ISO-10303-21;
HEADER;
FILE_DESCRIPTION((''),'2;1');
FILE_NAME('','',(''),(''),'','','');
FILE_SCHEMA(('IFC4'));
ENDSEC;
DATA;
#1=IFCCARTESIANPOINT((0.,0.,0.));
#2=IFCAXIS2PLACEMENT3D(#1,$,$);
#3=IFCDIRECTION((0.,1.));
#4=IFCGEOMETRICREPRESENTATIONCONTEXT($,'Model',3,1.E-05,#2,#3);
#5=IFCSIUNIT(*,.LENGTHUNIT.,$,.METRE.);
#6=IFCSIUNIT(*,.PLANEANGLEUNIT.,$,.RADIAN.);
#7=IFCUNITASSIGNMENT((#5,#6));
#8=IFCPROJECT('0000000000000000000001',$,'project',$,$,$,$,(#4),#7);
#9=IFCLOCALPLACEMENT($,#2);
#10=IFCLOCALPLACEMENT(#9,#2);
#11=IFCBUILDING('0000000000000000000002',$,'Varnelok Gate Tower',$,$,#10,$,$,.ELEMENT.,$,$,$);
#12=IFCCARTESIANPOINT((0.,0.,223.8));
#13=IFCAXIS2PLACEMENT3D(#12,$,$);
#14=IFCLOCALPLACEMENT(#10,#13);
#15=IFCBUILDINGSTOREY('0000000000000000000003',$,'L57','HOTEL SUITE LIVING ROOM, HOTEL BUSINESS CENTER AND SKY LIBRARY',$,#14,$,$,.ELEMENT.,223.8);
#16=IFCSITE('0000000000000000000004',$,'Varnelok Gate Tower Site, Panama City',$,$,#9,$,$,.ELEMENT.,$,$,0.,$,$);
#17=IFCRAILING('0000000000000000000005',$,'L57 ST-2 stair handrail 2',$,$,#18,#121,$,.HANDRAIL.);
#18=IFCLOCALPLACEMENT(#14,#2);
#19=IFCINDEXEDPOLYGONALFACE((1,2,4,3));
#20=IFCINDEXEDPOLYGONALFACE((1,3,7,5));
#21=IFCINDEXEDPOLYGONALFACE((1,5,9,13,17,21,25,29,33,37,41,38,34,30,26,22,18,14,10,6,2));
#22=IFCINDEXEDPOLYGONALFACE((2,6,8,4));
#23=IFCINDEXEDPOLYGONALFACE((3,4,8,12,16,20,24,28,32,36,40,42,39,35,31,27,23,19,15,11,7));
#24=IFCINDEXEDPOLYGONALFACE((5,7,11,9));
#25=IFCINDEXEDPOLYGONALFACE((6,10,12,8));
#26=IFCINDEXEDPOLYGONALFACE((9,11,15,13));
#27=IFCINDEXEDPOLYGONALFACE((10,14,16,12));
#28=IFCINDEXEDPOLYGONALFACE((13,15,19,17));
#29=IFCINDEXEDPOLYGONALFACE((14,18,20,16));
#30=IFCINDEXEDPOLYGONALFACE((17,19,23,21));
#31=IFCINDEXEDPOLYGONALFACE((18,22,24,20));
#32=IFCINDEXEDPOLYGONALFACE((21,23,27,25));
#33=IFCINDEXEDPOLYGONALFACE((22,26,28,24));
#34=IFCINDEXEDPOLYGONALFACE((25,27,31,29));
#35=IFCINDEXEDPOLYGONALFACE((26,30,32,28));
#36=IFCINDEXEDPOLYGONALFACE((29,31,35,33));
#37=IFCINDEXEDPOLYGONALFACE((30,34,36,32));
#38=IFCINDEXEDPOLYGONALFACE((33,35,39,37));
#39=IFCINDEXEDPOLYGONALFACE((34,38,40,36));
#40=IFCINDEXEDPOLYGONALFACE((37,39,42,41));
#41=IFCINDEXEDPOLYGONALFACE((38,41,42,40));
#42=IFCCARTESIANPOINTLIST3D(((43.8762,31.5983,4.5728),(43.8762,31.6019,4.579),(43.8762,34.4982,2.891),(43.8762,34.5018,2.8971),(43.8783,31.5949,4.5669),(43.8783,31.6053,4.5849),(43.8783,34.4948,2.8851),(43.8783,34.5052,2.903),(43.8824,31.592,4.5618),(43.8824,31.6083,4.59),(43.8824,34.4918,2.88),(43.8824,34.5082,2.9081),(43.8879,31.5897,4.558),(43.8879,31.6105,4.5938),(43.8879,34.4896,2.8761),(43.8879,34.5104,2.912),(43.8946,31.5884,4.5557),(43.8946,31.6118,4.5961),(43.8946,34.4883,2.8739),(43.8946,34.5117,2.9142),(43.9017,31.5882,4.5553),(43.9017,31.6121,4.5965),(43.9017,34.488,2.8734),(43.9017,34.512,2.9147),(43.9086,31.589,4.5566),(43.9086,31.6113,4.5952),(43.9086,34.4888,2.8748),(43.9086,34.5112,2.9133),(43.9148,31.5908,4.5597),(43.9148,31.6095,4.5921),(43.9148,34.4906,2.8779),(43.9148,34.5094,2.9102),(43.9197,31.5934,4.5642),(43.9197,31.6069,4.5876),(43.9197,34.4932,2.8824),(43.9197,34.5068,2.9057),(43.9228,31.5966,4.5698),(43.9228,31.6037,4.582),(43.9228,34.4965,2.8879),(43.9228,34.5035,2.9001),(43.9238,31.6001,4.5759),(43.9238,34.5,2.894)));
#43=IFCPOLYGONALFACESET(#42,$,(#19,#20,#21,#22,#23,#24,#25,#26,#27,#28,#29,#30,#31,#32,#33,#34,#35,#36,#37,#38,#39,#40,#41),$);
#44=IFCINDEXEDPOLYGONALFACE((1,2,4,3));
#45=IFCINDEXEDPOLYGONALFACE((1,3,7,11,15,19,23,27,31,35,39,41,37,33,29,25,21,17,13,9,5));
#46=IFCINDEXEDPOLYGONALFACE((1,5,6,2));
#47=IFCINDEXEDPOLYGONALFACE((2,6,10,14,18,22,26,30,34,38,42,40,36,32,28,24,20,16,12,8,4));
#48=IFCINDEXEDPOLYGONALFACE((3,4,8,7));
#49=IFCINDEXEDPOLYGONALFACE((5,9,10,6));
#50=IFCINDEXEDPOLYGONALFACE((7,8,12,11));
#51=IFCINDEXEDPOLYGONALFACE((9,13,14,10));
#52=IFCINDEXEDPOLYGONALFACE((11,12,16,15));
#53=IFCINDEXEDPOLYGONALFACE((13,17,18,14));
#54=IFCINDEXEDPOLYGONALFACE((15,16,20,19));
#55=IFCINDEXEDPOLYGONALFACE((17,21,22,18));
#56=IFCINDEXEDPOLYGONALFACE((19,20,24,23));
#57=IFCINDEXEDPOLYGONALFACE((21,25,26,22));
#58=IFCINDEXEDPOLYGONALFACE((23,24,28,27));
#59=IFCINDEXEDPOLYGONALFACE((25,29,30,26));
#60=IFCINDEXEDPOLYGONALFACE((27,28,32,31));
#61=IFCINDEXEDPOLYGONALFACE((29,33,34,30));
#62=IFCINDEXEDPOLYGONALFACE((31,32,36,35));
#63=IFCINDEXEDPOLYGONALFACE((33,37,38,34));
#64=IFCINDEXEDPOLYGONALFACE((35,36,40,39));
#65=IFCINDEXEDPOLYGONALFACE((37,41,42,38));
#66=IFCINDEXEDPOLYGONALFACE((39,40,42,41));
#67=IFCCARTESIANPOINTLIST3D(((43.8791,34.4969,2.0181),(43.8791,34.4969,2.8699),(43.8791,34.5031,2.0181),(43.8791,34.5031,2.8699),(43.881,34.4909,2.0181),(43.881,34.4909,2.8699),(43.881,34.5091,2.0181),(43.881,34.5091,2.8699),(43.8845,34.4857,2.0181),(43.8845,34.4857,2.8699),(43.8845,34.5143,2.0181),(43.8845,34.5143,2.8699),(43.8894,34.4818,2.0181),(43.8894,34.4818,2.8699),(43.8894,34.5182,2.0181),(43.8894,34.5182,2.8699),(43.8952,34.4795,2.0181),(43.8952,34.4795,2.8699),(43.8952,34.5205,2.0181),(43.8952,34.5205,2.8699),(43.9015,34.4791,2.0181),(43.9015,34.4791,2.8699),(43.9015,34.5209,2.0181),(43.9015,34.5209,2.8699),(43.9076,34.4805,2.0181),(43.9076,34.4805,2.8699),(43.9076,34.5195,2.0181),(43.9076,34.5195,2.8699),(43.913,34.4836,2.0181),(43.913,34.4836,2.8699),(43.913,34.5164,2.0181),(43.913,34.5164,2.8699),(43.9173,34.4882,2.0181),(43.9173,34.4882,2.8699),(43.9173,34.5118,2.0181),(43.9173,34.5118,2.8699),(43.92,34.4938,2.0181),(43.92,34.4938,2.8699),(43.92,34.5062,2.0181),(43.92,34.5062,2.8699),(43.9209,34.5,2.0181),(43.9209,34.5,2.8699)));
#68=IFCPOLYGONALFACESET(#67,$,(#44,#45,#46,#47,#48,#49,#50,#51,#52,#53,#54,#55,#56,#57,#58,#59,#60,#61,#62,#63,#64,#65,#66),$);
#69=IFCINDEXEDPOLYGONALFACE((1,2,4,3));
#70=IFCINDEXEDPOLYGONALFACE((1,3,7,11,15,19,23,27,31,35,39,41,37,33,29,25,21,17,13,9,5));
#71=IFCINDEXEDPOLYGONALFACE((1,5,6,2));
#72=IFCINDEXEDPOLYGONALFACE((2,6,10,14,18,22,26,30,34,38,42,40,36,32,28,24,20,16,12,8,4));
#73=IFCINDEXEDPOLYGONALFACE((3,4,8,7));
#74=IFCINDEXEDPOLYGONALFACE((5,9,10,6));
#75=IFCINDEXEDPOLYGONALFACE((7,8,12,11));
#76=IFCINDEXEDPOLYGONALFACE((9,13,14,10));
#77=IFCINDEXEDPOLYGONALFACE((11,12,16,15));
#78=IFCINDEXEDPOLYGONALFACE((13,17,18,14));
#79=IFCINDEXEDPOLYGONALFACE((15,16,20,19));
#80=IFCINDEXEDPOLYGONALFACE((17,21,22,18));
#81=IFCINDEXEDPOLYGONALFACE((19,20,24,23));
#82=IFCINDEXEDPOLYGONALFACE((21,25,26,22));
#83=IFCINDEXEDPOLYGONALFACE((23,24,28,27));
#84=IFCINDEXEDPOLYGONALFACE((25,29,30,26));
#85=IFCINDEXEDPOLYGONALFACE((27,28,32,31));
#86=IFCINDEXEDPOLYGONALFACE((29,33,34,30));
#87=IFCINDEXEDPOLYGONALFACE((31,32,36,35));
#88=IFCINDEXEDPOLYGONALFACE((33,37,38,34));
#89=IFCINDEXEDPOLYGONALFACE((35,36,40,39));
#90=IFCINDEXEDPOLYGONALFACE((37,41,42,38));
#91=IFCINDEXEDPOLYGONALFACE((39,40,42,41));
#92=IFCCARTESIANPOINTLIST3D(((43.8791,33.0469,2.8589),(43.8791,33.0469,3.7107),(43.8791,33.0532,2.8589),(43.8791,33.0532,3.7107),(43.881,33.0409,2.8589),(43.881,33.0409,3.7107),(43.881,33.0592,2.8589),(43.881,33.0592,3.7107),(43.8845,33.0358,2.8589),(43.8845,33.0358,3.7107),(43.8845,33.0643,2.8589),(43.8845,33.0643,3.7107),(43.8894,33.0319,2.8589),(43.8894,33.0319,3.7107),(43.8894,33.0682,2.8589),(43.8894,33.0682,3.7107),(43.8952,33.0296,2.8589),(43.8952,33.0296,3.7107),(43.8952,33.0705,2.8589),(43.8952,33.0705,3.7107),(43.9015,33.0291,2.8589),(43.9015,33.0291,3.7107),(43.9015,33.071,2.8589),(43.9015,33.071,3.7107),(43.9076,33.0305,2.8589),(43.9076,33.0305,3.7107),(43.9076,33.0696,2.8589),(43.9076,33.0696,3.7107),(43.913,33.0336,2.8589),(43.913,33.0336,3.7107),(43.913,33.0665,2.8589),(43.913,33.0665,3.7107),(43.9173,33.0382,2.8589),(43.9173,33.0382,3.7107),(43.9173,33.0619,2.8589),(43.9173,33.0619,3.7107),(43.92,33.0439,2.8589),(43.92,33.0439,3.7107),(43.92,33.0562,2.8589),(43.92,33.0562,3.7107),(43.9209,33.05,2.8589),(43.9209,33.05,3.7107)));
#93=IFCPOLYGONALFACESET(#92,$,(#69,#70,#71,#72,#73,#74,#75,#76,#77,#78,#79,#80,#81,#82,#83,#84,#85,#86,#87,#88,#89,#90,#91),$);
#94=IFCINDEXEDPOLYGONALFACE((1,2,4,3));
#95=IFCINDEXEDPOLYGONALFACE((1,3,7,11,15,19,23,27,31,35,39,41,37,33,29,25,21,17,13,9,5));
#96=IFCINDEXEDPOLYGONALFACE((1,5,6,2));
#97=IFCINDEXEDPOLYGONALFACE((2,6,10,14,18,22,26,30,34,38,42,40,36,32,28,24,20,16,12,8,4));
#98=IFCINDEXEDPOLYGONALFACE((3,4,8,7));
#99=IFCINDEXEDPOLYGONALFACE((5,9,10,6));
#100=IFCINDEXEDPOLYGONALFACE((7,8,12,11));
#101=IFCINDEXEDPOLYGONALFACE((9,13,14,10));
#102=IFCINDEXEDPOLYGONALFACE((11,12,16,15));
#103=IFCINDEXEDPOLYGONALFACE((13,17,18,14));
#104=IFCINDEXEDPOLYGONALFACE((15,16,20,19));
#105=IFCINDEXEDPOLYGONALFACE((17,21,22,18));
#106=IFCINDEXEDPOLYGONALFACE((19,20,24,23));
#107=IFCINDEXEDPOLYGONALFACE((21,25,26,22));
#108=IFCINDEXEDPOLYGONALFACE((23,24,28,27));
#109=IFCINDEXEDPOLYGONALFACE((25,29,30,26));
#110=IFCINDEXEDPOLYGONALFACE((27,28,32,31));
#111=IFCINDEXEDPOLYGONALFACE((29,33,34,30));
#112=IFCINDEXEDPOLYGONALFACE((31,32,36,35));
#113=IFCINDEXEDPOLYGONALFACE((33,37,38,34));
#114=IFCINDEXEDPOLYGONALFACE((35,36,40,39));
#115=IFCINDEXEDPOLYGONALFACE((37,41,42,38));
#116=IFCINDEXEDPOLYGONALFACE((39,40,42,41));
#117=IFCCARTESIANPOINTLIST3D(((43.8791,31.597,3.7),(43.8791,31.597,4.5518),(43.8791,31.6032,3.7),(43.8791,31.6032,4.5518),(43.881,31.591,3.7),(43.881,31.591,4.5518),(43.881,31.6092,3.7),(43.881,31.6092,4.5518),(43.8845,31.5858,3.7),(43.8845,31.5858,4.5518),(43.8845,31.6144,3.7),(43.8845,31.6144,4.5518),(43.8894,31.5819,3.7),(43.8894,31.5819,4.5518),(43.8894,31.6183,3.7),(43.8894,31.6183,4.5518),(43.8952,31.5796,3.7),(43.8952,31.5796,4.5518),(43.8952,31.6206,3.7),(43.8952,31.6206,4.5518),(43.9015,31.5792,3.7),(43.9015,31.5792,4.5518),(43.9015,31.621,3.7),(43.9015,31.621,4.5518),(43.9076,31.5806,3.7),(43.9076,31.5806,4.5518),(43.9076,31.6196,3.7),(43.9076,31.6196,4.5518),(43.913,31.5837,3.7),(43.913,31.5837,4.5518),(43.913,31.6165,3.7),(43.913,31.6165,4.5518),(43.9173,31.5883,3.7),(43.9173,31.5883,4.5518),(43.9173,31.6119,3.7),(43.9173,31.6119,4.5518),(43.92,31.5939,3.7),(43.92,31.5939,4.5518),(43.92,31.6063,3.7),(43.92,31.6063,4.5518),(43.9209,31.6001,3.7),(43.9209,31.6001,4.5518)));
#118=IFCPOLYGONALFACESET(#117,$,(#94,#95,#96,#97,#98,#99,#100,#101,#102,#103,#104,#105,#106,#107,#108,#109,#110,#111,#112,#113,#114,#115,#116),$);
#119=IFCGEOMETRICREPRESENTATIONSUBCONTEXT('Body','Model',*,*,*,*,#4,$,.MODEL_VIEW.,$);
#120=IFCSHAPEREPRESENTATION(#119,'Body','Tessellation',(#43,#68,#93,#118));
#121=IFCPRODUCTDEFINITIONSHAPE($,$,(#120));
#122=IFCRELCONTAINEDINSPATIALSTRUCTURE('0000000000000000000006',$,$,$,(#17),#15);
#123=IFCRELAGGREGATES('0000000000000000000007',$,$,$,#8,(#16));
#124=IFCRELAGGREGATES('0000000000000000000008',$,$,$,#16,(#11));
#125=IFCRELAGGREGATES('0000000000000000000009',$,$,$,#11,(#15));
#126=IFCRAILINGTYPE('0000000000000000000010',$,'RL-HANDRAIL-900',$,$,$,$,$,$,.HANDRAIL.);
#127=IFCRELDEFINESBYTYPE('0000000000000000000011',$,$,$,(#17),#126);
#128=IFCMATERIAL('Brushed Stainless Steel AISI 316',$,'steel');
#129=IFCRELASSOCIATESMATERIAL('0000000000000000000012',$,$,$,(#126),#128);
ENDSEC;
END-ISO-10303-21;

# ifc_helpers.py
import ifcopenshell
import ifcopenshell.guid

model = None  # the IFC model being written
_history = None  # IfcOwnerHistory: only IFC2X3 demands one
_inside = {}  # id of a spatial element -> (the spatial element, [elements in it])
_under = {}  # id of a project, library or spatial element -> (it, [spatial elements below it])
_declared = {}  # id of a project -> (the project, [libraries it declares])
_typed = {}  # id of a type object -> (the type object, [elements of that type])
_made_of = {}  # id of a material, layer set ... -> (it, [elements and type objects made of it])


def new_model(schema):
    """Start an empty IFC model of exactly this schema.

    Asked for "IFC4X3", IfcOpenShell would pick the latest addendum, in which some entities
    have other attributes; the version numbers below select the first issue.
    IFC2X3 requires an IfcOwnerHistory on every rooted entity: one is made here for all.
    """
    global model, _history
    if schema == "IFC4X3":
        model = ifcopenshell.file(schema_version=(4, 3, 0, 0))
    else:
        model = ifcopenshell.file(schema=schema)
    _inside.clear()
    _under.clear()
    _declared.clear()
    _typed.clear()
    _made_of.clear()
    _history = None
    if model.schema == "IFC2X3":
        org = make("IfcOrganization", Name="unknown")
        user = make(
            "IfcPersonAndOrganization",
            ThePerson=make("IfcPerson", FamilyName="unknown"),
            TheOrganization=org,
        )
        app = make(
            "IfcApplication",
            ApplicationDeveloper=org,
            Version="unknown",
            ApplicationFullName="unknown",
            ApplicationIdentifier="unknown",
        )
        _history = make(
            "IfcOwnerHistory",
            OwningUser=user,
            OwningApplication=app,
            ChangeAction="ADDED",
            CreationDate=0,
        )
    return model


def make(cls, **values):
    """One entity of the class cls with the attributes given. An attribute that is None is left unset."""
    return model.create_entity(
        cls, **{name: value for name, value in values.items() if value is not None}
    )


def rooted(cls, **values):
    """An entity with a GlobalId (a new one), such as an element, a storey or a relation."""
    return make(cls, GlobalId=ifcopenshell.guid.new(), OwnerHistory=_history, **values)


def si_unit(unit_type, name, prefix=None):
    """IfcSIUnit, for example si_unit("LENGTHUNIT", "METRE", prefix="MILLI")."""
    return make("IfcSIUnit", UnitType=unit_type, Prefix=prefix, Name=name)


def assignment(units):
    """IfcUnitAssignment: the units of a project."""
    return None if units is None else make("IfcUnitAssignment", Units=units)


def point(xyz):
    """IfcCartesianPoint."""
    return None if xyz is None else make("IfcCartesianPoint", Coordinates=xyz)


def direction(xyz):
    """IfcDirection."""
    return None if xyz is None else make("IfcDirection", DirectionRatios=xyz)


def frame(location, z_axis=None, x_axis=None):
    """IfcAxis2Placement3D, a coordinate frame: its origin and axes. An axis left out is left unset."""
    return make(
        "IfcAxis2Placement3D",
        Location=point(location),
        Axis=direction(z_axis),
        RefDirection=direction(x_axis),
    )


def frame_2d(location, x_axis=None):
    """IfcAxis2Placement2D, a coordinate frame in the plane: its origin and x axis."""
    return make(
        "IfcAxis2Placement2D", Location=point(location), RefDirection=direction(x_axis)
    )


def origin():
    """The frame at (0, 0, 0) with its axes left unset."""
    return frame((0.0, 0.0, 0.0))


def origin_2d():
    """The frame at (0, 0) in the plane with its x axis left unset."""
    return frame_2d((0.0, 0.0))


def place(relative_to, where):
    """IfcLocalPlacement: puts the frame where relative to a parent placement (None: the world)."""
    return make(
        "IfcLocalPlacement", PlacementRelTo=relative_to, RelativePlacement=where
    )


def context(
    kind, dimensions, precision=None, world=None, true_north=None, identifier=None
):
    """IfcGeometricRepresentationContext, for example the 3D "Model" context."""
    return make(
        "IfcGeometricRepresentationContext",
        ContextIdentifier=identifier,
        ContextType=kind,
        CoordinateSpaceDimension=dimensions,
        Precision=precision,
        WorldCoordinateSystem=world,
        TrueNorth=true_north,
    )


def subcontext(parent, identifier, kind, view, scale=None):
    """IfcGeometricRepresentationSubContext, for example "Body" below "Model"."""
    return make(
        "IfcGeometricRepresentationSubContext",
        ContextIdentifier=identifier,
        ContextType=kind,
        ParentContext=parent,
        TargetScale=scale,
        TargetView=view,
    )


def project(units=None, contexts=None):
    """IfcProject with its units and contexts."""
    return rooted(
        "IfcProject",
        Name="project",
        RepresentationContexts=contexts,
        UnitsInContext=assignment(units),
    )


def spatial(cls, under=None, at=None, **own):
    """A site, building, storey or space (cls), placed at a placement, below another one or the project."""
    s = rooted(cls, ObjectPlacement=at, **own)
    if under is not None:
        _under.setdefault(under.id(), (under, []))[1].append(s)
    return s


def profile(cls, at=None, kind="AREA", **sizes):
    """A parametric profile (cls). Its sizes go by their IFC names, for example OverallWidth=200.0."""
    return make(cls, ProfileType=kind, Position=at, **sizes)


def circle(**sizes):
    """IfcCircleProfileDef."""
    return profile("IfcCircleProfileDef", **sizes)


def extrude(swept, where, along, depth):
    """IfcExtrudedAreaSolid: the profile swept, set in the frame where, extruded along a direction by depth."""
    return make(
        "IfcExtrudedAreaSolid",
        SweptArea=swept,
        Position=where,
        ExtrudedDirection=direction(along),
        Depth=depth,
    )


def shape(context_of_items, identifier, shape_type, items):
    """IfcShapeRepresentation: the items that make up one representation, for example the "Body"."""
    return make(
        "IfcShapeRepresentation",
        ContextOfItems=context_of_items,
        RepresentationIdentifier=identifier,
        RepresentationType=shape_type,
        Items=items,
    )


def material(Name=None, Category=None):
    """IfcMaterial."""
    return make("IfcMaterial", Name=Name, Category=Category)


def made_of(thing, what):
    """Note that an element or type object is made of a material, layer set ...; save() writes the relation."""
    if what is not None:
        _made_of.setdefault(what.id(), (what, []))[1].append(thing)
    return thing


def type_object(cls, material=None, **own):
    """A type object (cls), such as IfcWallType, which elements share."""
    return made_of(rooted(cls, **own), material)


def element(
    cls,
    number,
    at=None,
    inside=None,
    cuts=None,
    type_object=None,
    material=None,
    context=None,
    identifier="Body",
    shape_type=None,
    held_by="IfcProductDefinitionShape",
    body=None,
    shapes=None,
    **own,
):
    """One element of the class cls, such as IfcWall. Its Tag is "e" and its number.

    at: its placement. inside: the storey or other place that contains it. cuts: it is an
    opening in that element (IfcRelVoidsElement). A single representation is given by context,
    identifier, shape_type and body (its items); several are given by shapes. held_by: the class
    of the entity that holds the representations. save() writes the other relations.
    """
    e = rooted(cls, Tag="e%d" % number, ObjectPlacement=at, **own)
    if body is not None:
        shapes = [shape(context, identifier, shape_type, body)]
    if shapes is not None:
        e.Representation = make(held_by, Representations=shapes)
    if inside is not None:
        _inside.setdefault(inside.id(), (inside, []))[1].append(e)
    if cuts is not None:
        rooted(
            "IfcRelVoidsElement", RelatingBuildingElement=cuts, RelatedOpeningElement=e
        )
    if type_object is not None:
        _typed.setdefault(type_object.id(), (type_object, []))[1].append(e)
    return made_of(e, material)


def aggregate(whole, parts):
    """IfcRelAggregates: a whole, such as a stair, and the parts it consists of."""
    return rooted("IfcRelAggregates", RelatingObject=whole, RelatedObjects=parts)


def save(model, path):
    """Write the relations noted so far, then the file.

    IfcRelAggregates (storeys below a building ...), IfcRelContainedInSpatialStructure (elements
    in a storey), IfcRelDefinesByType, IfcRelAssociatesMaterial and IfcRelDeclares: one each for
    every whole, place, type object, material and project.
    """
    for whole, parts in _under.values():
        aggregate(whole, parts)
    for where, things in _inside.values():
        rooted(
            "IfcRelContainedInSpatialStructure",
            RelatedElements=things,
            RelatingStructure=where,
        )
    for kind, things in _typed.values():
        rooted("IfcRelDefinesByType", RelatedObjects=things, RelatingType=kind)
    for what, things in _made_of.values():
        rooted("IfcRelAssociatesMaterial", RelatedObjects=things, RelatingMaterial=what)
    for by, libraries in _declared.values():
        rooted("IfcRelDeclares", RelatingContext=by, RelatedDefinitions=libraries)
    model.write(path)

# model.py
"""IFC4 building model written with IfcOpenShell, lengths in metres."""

from ifc_helpers import new_model, si_unit, direction, frame, origin, origin_2d, place, context, subcontext, project, spatial, circle, extrude, material, type_object, element, save


model = new_model("IFC4")

# Units and contexts
model_context = context("Model", 3, precision=1e-05, world=origin(), true_north=direction((0.0, 1.0)))
body_context = subcontext(model_context, "Body", "Model", "MODEL_VIEW")
ifc_project = project(units=[si_unit("LENGTHUNIT", "METRE"), si_unit("PLANEANGLEUNIT", "RADIAN")], contexts=[model_context])

# Site, building, storey
site_placement = place(None, origin())
site = spatial("IfcSite", under=ifc_project, at=site_placement, Name="Varnelok Gate Tower Site, Panama City", CompositionType="ELEMENT", RefElevation=0.0)
building_placement = place(site_placement, origin())
building = spatial("IfcBuilding", under=site, at=building_placement, Name="Varnelok Gate Tower", CompositionType="ELEMENT")
storey_placement = place(building_placement, frame((0.0, 0.0, 223.8)))
storey = spatial("IfcBuildingStorey", under=building, at=storey_placement, Name="L57", Description="HOTEL SUITE LIVING ROOM, HOTEL BUSINESS CENTER AND SKY LIBRARY", CompositionType="ELEMENT", Elevation=223.8)

# Railing
ifc_material_1 = material(Name="Brushed Stainless Steel AISI 316", Category="steel")
railing_type_1 = type_object("IfcRailingType", Name="RL-HANDRAIL-900", PredefinedType="HANDRAIL", material=ifc_material_1)
railing_1_placement = place(storey_placement, frame((43.8999, 34.5, 2.0181)))
element("IfcRailing", 1, at=railing_1_placement, inside=storey, type_object=railing_type_1, Name="L57 ST-2 stair handrail 2", PredefinedType="HANDRAIL", context=body_context, shape_type="SweptSolid", body=[
    extrude(circle(Radius=0.0239, at=origin_2d()), frame((0.0, 0.0, 0.876), z_axis=(0.0, -0.865039, 0.501705), x_axis=(1.0, 0.0, 0.0)), (0.0, 0.0, 1.0), 3.3523),
    extrude(circle(Radius=0.021, at=origin_2d()), origin(), (0.0, 0.0, 1.0), 0.8518),
    extrude(circle(Radius=0.021, at=origin_2d()), frame((0.0, -1.45, 0.8408)), (0.0, 0.0, 1.0), 0.8518),
    extrude(circle(Radius=0.021, at=origin_2d()), frame((0.0, -2.8999, 1.6819)), (0.0, 0.0, 1.0), 0.8518),
])

save(model, "model.ifc")
